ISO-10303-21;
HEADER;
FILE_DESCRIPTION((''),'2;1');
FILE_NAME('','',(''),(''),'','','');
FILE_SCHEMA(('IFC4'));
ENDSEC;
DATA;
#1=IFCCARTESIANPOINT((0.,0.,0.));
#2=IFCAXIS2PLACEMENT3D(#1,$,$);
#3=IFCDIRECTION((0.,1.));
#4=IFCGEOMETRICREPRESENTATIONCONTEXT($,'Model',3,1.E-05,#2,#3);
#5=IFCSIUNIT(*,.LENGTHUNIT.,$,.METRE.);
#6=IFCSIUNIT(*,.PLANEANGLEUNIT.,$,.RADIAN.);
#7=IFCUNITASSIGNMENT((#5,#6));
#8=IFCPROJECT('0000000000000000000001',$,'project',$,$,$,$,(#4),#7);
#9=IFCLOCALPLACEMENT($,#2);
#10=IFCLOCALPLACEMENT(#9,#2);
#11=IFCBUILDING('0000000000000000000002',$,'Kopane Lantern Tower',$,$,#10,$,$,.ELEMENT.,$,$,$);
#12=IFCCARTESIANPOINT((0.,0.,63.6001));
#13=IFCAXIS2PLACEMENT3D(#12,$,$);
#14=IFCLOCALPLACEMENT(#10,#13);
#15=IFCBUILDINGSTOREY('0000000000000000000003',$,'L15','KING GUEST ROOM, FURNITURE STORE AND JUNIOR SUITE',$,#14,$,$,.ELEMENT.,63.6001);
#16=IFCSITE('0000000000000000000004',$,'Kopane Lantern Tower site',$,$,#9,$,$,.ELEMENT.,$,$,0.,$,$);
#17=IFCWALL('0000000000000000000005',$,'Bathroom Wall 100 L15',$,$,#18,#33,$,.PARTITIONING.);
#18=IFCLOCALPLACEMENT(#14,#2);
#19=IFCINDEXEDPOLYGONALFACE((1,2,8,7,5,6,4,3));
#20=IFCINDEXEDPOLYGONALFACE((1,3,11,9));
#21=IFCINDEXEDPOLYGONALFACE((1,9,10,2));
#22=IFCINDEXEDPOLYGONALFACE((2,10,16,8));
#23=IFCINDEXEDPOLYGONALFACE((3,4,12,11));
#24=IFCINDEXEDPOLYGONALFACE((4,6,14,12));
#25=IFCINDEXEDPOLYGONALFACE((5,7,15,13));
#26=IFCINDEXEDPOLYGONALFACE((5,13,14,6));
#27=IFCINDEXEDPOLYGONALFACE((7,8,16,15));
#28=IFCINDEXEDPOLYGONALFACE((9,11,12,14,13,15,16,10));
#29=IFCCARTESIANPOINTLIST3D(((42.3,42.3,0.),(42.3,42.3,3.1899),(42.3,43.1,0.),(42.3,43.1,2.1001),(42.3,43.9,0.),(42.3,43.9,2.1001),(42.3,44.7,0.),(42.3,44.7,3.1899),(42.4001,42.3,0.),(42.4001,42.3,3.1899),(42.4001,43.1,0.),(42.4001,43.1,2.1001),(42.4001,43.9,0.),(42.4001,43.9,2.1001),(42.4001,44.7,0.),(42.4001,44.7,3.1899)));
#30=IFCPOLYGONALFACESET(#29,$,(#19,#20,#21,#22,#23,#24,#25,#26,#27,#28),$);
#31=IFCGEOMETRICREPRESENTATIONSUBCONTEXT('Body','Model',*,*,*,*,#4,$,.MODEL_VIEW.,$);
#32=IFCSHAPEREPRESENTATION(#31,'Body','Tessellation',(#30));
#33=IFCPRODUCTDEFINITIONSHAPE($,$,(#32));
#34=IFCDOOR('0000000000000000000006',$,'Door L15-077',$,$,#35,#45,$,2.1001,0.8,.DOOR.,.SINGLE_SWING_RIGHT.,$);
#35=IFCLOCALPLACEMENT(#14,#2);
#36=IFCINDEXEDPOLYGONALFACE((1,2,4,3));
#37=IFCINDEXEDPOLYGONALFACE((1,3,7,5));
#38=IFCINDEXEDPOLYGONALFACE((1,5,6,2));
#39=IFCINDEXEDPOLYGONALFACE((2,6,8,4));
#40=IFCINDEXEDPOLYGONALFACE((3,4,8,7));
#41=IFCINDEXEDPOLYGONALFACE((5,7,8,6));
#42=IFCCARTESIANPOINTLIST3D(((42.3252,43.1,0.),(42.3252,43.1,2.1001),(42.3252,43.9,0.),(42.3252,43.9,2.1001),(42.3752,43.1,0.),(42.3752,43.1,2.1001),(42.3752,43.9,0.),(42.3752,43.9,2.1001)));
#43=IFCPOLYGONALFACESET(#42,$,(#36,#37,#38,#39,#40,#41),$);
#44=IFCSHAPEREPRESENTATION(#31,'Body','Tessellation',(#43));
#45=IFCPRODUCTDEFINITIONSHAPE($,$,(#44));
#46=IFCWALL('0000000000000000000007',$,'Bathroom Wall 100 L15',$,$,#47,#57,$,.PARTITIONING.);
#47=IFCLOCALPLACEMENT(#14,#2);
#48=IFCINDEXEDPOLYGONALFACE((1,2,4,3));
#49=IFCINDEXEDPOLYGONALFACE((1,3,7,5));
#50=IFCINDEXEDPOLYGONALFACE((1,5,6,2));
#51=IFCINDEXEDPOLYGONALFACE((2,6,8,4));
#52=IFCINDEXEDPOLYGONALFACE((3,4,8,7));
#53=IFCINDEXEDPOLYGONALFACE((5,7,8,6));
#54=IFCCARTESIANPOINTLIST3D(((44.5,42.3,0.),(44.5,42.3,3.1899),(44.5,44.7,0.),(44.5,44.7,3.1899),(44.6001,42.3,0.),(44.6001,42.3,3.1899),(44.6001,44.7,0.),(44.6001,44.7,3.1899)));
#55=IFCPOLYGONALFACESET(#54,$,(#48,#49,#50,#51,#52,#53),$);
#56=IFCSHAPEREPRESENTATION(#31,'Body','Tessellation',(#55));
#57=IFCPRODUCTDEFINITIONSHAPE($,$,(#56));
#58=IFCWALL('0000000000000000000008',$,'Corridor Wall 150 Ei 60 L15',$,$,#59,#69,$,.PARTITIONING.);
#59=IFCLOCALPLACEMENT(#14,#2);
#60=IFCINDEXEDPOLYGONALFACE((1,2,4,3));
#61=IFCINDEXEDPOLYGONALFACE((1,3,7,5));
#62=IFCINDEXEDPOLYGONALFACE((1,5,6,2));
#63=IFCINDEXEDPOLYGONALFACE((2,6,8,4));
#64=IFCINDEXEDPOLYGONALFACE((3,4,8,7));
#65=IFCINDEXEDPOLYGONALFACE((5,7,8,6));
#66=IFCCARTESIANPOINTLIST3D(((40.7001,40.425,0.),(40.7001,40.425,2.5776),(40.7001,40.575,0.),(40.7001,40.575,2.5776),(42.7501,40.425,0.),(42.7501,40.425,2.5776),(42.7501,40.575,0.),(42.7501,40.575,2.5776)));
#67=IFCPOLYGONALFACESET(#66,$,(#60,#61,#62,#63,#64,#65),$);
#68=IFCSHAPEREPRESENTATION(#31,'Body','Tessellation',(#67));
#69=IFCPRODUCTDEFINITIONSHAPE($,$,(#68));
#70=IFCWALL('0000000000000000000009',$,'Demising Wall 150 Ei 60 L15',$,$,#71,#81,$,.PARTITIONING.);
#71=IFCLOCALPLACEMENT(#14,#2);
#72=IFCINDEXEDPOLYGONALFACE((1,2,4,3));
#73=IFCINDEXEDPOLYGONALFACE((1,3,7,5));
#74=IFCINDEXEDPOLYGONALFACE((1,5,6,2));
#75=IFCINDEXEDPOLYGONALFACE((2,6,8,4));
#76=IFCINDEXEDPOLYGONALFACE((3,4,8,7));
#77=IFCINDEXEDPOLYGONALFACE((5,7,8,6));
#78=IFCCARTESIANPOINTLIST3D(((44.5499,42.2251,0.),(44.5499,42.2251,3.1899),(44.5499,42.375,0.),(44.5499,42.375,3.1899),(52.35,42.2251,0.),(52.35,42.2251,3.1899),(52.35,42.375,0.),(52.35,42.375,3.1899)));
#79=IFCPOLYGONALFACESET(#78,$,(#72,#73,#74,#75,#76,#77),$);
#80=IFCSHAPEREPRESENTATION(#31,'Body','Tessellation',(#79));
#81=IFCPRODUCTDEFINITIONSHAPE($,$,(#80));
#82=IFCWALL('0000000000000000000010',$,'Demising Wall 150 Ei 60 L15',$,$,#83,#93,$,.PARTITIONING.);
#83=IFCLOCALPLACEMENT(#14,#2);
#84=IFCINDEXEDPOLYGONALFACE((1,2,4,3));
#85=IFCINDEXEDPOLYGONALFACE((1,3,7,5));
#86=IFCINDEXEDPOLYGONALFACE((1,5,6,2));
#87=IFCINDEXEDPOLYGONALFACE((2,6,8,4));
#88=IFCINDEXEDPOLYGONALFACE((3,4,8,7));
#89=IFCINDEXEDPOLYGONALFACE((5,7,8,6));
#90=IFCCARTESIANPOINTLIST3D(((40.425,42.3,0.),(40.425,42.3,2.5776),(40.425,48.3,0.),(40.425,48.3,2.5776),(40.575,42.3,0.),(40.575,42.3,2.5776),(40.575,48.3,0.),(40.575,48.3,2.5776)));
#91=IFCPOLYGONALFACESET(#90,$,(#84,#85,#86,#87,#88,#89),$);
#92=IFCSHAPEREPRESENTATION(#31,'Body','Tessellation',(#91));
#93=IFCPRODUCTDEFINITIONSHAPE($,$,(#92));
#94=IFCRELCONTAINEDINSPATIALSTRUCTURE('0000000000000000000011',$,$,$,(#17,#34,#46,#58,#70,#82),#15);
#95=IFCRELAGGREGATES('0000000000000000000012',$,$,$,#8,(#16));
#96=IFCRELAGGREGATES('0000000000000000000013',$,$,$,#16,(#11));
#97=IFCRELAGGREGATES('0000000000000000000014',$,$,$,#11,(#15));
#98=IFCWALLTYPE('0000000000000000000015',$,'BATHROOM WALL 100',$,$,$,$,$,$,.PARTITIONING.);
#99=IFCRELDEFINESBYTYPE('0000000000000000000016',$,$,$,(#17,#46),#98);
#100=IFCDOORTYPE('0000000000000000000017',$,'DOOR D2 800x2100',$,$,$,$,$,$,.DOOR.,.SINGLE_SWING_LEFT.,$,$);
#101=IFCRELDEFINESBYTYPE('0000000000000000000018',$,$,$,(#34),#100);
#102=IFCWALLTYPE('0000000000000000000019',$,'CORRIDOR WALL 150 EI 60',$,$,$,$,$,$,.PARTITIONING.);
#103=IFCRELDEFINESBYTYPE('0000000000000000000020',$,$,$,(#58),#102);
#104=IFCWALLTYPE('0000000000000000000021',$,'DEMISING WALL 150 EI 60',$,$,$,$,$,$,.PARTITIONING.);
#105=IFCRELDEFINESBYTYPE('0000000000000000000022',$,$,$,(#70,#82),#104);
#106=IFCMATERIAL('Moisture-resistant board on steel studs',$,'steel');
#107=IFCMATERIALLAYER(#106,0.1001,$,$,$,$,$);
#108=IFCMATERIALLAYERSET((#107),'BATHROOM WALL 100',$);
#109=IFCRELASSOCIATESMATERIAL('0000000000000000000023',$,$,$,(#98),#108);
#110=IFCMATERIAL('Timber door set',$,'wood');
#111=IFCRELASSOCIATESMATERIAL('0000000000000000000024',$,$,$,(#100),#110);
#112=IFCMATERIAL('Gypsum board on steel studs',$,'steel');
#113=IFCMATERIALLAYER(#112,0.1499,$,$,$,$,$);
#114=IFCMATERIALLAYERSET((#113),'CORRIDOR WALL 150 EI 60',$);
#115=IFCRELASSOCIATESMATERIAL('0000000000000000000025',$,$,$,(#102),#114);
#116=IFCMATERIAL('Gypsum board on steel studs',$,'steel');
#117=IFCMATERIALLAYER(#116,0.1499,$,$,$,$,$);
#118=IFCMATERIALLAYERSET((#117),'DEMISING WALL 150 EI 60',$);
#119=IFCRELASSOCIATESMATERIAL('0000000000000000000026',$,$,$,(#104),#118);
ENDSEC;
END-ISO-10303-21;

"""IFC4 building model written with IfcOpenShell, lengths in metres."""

from ifc_helpers import new_model, si_unit, direction, frame, frame_2d, origin, place, context, subcontext, project, spatial, rectangle, extrude, material, layer, layer_set, type_object, element, fill, save


model = new_model("IFC4")

# Units and contexts
model_context = context("Model", 3, precision=1e-05, world=origin(), true_north=direction((0.0, 1.0)))
body_context = subcontext(model_context, "Body", "Model", "MODEL_VIEW")
ifc_project = project(units=[si_unit("LENGTHUNIT", "METRE"), si_unit("PLANEANGLEUNIT", "RADIAN")], contexts=[model_context])

# Site, building, storey
site_placement = place(None, origin())
site = spatial("IfcSite", under=ifc_project, at=site_placement, Name="Kopane Lantern Tower site", CompositionType="ELEMENT", RefElevation=0.0)
building_placement = place(site_placement, origin())
building = spatial("IfcBuilding", under=site, at=building_placement, Name="Kopane Lantern Tower", CompositionType="ELEMENT")
storey_placement = place(building_placement, frame((0.0, 0.0, 63.6001)))
storey = spatial("IfcBuildingStorey", under=building, at=storey_placement, Name="L15", Description="KING GUEST ROOM, FURNITURE STORE AND JUNIOR SUITE", CompositionType="ELEMENT", Elevation=63.6001)

# Wall, opening, door
ifc_material_1 = material(Name="Moisture-resistant board on steel studs", Category="steel")
ifc_layer_1 = layer(ifc_material_1, 0.1001)
ifc_layer_set_1 = layer_set([ifc_layer_1], Name="BATHROOM WALL 100")
wall_type_1 = type_object("IfcWallType", Name="BATHROOM WALL 100", PredefinedType="PARTITIONING", material=ifc_layer_set_1)
wall_1_placement = place(storey_placement, frame((42.3501, 42.3, 0.0), z_axis=(0.0, 0.0, 1.0), x_axis=(0.0, 1.0, 0.0)))
wall_1 = element("IfcWall", 1, at=wall_1_placement, inside=storey, type_object=wall_type_1, Name="Bathroom Wall 100 L15", PredefinedType="PARTITIONING", context=body_context, shape_type="SweptSolid", body=[
    extrude(rectangle(XDim=2.3999, YDim=0.1001, at=frame_2d((1.2, 0.0))), origin(), (0.0, 0.0, 1.0), 3.1899),
])
opening_1_placement = place(wall_1_placement, frame((0.8, 0.0, 0.0)))
opening_1 = element("IfcOpeningElement", 2, at=opening_1_placement, cuts=wall_1, PredefinedType="OPENING", context=body_context, shape_type="SweptSolid", body=[
    extrude(rectangle(XDim=0.8, YDim=2.1001, at=frame_2d((0.3999, 1.05))), frame((0.0, 0.0601, 0.0), z_axis=(0.0, -1.0, 0.0), x_axis=(1.0, 0.0, 0.0)), (0.0, 0.0, 1.0), 0.1201),
])
ifc_material_2 = material(Name="Timber door set", Category="wood")
door_type_1 = type_object("IfcDoorType", Name="DOOR D2 800x2100", OperationType="SINGLE_SWING_LEFT", PredefinedType="DOOR", material=ifc_material_2)
door_1_placement = place(opening_1_placement, origin())
door_1 = element("IfcDoor", 3, at=door_1_placement, inside=storey, type_object=door_type_1, Name="Door L15-077", OperationType="SINGLE_SWING_RIGHT", OverallHeight=2.1001, OverallWidth=0.8, PredefinedType="DOOR", context=body_context, shape_type="SweptSolid", body=[
    extrude(rectangle(XDim=0.8, YDim=2.1001, at=frame_2d((0.3999, 1.05))), frame((0.0, 0.0249, 0.0), z_axis=(0.0, -1.0, 0.0), x_axis=(1.0, 0.0, 0.0)), (0.0, 0.0, 1.0), 0.05),
])
fill(opening_1, door_1)

# Walls
wall_2_placement = place(storey_placement, frame((44.55, 42.3, 0.0), z_axis=(0.0, 0.0, 1.0), x_axis=(0.0, 1.0, 0.0)))
element("IfcWall", 4, at=wall_2_placement, inside=storey, type_object=wall_type_1, Name="Bathroom Wall 100 L15", PredefinedType="PARTITIONING", context=body_context, shape_type="SweptSolid", body=[
    extrude(rectangle(XDim=2.3999, YDim=0.1001, at=frame_2d((1.2, 0.0))), origin(), (0.0, 0.0, 1.0), 3.1899),
])
ifc_material_3 = material(Name="Gypsum board on steel studs", Category="steel")
ifc_layer_2 = layer(ifc_material_3, 0.1499)
ifc_layer_set_2 = layer_set([ifc_layer_2], Name="CORRIDOR WALL 150 EI 60")
wall_type_2 = type_object("IfcWallType", Name="CORRIDOR WALL 150 EI 60", PredefinedType="PARTITIONING", material=ifc_layer_set_2)
wall_3_placement = place(storey_placement, frame((42.75, 40.5, 0.0), z_axis=(0.0, 0.0, 1.0), x_axis=(-1.0, 0.0, 0.0)))
element("IfcWall", 5, at=wall_3_placement, inside=storey, type_object=wall_type_2, Name="Corridor Wall 150 Ei 60 L15", PredefinedType="PARTITIONING", context=body_context, shape_type="SweptSolid", body=[
    extrude(rectangle(XDim=2.05, YDim=0.1499, at=frame_2d((1.0249, 0.0))), origin(), (0.0, 0.0, 1.0), 2.5776),
])
ifc_material_4 = material(Name="Gypsum board on steel studs", Category="steel")
ifc_layer_3 = layer(ifc_material_4, 0.1499)
ifc_layer_set_3 = layer_set([ifc_layer_3], Name="DEMISING WALL 150 EI 60")
wall_type_3 = type_object("IfcWallType", Name="DEMISING WALL 150 EI 60", PredefinedType="PARTITIONING", material=ifc_layer_set_3)
wall_4_placement = place(storey_placement, frame((44.55, 42.3, 0.0), z_axis=(0.0, 0.0, 1.0), x_axis=(1.0, 0.0, 0.0)))
element("IfcWall", 6, at=wall_4_placement, inside=storey, type_object=wall_type_3, Name="Demising Wall 150 Ei 60 L15", PredefinedType="PARTITIONING", context=body_context, shape_type="SweptSolid", body=[
    extrude(rectangle(XDim=7.8, YDim=0.1499, at=frame_2d((3.8999, 0.0))), origin(), (0.0, 0.0, 1.0), 3.1899),
])
wall_5_placement = place(storey_placement, frame((40.5, 42.3, 0.0), z_axis=(0.0, 0.0, 1.0), x_axis=(0.0, 1.0, 0.0)))
element("IfcWall", 7, at=wall_5_placement, inside=storey, type_object=wall_type_3, Name="Demising Wall 150 Ei 60 L15", PredefinedType="PARTITIONING", context=body_context, shape_type="SweptSolid", body=[
    extrude(rectangle(XDim=6.0, YDim=0.1499, at=frame_2d((3.0, 0.0))), origin(), (0.0, 0.0, 1.0), 2.5776),
])

save(model, "model.ifc")
